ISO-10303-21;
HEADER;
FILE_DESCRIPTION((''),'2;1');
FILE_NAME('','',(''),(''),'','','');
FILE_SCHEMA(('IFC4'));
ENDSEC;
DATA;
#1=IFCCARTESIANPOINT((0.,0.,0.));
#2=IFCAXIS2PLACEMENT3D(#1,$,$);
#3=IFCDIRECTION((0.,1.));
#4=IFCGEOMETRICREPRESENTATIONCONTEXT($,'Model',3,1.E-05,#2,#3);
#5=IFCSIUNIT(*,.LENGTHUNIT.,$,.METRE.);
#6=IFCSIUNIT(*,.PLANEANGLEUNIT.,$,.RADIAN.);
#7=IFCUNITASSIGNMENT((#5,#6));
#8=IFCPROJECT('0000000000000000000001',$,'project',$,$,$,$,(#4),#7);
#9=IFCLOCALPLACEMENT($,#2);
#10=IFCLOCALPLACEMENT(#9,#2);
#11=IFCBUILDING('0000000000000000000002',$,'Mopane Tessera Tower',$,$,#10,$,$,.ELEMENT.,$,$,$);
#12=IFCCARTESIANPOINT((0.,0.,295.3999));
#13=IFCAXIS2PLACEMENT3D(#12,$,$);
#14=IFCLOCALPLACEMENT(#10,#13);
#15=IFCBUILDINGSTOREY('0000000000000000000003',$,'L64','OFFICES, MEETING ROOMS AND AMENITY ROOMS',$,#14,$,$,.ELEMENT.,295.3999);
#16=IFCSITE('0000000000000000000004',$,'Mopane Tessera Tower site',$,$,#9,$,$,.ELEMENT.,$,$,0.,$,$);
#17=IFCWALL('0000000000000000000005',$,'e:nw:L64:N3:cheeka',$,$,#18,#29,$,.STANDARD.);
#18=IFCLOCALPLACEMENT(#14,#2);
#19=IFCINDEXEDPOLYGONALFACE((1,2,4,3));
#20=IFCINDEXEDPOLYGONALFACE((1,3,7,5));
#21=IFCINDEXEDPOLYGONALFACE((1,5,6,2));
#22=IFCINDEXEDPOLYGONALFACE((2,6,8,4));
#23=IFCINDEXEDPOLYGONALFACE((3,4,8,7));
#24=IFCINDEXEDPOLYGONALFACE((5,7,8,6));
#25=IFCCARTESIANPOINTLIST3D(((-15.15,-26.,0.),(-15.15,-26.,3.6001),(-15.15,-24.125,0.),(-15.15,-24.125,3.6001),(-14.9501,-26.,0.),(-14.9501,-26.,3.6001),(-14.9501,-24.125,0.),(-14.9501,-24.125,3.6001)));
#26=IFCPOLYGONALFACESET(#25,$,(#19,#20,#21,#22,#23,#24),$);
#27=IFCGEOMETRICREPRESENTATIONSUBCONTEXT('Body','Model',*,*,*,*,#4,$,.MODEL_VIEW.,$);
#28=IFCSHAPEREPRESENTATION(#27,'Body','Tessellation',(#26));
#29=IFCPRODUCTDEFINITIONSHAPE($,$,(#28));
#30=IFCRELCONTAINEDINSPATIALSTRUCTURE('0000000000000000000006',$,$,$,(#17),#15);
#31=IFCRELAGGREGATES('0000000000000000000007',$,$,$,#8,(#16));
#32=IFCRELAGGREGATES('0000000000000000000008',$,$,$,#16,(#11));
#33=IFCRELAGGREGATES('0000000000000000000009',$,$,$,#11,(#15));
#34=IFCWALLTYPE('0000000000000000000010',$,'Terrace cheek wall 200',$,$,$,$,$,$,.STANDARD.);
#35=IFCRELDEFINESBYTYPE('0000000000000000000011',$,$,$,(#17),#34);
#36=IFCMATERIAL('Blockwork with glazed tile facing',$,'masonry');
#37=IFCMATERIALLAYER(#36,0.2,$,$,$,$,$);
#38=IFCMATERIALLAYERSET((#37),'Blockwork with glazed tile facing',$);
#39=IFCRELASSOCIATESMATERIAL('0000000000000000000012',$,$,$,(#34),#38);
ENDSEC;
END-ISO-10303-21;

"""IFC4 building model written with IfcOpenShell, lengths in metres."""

from ifc_helpers import new_model, si_unit, direction, frame, frame_2d, origin, place, context, subcontext, project, spatial, rectangle, extrude, material, layer, layer_set, type_object, element, save


model = new_model("IFC4")

# Units and contexts
model_context = context("Model", 3, precision=1e-05, world=origin(), true_north=direction((0.0, 1.0)))
body_context = subcontext(model_context, "Body", "Model", "MODEL_VIEW")
ifc_project = project(units=[si_unit("LENGTHUNIT", "METRE"), si_unit("PLANEANGLEUNIT", "RADIAN")], contexts=[model_context])

# Site, building, storey
site_placement = place(None, origin())
site = spatial("IfcSite", under=ifc_project, at=site_placement, Name="Mopane Tessera Tower site", CompositionType="ELEMENT", RefElevation=0.0)
building_placement = place(site_placement, origin())
building = spatial("IfcBuilding", under=site, at=building_placement, Name="Mopane Tessera Tower", CompositionType="ELEMENT")
storey_placement = place(building_placement, frame((0.0, 0.0, 295.3999)))
storey = spatial("IfcBuildingStorey", under=building, at=storey_placement, Name="L64", Description="OFFICES, MEETING ROOMS AND AMENITY ROOMS", CompositionType="ELEMENT", Elevation=295.3999)

# Wall
ifc_material_1 = material(Name="Blockwork with glazed tile facing", Category="masonry")
ifc_layer_1 = layer(ifc_material_1, 0.2)
ifc_layer_set_1 = layer_set([ifc_layer_1], Name="Blockwork with glazed tile facing")
wall_type_1 = type_object("IfcWallType", Name="Terrace cheek wall 200", PredefinedType="STANDARD", material=ifc_layer_set_1)
wall_1_placement = place(storey_placement, frame((-15.05, -26.0, 0.0), z_axis=(0.0, 0.0, 1.0), x_axis=(0.0, 1.0, 0.0)))
element("IfcWall", 1, at=wall_1_placement, inside=storey, type_object=wall_type_1, Name="e:nw:L64:N3:cheeka", PredefinedType="STANDARD", context=body_context, shape_type="SweptSolid", body=[
    extrude(rectangle(XDim=1.875, YDim=0.2, at=frame_2d((0.9375, 0.0))), origin(), (0.0, 0.0, 1.0), 3.6001),
])

save(model, "model.ifc")
